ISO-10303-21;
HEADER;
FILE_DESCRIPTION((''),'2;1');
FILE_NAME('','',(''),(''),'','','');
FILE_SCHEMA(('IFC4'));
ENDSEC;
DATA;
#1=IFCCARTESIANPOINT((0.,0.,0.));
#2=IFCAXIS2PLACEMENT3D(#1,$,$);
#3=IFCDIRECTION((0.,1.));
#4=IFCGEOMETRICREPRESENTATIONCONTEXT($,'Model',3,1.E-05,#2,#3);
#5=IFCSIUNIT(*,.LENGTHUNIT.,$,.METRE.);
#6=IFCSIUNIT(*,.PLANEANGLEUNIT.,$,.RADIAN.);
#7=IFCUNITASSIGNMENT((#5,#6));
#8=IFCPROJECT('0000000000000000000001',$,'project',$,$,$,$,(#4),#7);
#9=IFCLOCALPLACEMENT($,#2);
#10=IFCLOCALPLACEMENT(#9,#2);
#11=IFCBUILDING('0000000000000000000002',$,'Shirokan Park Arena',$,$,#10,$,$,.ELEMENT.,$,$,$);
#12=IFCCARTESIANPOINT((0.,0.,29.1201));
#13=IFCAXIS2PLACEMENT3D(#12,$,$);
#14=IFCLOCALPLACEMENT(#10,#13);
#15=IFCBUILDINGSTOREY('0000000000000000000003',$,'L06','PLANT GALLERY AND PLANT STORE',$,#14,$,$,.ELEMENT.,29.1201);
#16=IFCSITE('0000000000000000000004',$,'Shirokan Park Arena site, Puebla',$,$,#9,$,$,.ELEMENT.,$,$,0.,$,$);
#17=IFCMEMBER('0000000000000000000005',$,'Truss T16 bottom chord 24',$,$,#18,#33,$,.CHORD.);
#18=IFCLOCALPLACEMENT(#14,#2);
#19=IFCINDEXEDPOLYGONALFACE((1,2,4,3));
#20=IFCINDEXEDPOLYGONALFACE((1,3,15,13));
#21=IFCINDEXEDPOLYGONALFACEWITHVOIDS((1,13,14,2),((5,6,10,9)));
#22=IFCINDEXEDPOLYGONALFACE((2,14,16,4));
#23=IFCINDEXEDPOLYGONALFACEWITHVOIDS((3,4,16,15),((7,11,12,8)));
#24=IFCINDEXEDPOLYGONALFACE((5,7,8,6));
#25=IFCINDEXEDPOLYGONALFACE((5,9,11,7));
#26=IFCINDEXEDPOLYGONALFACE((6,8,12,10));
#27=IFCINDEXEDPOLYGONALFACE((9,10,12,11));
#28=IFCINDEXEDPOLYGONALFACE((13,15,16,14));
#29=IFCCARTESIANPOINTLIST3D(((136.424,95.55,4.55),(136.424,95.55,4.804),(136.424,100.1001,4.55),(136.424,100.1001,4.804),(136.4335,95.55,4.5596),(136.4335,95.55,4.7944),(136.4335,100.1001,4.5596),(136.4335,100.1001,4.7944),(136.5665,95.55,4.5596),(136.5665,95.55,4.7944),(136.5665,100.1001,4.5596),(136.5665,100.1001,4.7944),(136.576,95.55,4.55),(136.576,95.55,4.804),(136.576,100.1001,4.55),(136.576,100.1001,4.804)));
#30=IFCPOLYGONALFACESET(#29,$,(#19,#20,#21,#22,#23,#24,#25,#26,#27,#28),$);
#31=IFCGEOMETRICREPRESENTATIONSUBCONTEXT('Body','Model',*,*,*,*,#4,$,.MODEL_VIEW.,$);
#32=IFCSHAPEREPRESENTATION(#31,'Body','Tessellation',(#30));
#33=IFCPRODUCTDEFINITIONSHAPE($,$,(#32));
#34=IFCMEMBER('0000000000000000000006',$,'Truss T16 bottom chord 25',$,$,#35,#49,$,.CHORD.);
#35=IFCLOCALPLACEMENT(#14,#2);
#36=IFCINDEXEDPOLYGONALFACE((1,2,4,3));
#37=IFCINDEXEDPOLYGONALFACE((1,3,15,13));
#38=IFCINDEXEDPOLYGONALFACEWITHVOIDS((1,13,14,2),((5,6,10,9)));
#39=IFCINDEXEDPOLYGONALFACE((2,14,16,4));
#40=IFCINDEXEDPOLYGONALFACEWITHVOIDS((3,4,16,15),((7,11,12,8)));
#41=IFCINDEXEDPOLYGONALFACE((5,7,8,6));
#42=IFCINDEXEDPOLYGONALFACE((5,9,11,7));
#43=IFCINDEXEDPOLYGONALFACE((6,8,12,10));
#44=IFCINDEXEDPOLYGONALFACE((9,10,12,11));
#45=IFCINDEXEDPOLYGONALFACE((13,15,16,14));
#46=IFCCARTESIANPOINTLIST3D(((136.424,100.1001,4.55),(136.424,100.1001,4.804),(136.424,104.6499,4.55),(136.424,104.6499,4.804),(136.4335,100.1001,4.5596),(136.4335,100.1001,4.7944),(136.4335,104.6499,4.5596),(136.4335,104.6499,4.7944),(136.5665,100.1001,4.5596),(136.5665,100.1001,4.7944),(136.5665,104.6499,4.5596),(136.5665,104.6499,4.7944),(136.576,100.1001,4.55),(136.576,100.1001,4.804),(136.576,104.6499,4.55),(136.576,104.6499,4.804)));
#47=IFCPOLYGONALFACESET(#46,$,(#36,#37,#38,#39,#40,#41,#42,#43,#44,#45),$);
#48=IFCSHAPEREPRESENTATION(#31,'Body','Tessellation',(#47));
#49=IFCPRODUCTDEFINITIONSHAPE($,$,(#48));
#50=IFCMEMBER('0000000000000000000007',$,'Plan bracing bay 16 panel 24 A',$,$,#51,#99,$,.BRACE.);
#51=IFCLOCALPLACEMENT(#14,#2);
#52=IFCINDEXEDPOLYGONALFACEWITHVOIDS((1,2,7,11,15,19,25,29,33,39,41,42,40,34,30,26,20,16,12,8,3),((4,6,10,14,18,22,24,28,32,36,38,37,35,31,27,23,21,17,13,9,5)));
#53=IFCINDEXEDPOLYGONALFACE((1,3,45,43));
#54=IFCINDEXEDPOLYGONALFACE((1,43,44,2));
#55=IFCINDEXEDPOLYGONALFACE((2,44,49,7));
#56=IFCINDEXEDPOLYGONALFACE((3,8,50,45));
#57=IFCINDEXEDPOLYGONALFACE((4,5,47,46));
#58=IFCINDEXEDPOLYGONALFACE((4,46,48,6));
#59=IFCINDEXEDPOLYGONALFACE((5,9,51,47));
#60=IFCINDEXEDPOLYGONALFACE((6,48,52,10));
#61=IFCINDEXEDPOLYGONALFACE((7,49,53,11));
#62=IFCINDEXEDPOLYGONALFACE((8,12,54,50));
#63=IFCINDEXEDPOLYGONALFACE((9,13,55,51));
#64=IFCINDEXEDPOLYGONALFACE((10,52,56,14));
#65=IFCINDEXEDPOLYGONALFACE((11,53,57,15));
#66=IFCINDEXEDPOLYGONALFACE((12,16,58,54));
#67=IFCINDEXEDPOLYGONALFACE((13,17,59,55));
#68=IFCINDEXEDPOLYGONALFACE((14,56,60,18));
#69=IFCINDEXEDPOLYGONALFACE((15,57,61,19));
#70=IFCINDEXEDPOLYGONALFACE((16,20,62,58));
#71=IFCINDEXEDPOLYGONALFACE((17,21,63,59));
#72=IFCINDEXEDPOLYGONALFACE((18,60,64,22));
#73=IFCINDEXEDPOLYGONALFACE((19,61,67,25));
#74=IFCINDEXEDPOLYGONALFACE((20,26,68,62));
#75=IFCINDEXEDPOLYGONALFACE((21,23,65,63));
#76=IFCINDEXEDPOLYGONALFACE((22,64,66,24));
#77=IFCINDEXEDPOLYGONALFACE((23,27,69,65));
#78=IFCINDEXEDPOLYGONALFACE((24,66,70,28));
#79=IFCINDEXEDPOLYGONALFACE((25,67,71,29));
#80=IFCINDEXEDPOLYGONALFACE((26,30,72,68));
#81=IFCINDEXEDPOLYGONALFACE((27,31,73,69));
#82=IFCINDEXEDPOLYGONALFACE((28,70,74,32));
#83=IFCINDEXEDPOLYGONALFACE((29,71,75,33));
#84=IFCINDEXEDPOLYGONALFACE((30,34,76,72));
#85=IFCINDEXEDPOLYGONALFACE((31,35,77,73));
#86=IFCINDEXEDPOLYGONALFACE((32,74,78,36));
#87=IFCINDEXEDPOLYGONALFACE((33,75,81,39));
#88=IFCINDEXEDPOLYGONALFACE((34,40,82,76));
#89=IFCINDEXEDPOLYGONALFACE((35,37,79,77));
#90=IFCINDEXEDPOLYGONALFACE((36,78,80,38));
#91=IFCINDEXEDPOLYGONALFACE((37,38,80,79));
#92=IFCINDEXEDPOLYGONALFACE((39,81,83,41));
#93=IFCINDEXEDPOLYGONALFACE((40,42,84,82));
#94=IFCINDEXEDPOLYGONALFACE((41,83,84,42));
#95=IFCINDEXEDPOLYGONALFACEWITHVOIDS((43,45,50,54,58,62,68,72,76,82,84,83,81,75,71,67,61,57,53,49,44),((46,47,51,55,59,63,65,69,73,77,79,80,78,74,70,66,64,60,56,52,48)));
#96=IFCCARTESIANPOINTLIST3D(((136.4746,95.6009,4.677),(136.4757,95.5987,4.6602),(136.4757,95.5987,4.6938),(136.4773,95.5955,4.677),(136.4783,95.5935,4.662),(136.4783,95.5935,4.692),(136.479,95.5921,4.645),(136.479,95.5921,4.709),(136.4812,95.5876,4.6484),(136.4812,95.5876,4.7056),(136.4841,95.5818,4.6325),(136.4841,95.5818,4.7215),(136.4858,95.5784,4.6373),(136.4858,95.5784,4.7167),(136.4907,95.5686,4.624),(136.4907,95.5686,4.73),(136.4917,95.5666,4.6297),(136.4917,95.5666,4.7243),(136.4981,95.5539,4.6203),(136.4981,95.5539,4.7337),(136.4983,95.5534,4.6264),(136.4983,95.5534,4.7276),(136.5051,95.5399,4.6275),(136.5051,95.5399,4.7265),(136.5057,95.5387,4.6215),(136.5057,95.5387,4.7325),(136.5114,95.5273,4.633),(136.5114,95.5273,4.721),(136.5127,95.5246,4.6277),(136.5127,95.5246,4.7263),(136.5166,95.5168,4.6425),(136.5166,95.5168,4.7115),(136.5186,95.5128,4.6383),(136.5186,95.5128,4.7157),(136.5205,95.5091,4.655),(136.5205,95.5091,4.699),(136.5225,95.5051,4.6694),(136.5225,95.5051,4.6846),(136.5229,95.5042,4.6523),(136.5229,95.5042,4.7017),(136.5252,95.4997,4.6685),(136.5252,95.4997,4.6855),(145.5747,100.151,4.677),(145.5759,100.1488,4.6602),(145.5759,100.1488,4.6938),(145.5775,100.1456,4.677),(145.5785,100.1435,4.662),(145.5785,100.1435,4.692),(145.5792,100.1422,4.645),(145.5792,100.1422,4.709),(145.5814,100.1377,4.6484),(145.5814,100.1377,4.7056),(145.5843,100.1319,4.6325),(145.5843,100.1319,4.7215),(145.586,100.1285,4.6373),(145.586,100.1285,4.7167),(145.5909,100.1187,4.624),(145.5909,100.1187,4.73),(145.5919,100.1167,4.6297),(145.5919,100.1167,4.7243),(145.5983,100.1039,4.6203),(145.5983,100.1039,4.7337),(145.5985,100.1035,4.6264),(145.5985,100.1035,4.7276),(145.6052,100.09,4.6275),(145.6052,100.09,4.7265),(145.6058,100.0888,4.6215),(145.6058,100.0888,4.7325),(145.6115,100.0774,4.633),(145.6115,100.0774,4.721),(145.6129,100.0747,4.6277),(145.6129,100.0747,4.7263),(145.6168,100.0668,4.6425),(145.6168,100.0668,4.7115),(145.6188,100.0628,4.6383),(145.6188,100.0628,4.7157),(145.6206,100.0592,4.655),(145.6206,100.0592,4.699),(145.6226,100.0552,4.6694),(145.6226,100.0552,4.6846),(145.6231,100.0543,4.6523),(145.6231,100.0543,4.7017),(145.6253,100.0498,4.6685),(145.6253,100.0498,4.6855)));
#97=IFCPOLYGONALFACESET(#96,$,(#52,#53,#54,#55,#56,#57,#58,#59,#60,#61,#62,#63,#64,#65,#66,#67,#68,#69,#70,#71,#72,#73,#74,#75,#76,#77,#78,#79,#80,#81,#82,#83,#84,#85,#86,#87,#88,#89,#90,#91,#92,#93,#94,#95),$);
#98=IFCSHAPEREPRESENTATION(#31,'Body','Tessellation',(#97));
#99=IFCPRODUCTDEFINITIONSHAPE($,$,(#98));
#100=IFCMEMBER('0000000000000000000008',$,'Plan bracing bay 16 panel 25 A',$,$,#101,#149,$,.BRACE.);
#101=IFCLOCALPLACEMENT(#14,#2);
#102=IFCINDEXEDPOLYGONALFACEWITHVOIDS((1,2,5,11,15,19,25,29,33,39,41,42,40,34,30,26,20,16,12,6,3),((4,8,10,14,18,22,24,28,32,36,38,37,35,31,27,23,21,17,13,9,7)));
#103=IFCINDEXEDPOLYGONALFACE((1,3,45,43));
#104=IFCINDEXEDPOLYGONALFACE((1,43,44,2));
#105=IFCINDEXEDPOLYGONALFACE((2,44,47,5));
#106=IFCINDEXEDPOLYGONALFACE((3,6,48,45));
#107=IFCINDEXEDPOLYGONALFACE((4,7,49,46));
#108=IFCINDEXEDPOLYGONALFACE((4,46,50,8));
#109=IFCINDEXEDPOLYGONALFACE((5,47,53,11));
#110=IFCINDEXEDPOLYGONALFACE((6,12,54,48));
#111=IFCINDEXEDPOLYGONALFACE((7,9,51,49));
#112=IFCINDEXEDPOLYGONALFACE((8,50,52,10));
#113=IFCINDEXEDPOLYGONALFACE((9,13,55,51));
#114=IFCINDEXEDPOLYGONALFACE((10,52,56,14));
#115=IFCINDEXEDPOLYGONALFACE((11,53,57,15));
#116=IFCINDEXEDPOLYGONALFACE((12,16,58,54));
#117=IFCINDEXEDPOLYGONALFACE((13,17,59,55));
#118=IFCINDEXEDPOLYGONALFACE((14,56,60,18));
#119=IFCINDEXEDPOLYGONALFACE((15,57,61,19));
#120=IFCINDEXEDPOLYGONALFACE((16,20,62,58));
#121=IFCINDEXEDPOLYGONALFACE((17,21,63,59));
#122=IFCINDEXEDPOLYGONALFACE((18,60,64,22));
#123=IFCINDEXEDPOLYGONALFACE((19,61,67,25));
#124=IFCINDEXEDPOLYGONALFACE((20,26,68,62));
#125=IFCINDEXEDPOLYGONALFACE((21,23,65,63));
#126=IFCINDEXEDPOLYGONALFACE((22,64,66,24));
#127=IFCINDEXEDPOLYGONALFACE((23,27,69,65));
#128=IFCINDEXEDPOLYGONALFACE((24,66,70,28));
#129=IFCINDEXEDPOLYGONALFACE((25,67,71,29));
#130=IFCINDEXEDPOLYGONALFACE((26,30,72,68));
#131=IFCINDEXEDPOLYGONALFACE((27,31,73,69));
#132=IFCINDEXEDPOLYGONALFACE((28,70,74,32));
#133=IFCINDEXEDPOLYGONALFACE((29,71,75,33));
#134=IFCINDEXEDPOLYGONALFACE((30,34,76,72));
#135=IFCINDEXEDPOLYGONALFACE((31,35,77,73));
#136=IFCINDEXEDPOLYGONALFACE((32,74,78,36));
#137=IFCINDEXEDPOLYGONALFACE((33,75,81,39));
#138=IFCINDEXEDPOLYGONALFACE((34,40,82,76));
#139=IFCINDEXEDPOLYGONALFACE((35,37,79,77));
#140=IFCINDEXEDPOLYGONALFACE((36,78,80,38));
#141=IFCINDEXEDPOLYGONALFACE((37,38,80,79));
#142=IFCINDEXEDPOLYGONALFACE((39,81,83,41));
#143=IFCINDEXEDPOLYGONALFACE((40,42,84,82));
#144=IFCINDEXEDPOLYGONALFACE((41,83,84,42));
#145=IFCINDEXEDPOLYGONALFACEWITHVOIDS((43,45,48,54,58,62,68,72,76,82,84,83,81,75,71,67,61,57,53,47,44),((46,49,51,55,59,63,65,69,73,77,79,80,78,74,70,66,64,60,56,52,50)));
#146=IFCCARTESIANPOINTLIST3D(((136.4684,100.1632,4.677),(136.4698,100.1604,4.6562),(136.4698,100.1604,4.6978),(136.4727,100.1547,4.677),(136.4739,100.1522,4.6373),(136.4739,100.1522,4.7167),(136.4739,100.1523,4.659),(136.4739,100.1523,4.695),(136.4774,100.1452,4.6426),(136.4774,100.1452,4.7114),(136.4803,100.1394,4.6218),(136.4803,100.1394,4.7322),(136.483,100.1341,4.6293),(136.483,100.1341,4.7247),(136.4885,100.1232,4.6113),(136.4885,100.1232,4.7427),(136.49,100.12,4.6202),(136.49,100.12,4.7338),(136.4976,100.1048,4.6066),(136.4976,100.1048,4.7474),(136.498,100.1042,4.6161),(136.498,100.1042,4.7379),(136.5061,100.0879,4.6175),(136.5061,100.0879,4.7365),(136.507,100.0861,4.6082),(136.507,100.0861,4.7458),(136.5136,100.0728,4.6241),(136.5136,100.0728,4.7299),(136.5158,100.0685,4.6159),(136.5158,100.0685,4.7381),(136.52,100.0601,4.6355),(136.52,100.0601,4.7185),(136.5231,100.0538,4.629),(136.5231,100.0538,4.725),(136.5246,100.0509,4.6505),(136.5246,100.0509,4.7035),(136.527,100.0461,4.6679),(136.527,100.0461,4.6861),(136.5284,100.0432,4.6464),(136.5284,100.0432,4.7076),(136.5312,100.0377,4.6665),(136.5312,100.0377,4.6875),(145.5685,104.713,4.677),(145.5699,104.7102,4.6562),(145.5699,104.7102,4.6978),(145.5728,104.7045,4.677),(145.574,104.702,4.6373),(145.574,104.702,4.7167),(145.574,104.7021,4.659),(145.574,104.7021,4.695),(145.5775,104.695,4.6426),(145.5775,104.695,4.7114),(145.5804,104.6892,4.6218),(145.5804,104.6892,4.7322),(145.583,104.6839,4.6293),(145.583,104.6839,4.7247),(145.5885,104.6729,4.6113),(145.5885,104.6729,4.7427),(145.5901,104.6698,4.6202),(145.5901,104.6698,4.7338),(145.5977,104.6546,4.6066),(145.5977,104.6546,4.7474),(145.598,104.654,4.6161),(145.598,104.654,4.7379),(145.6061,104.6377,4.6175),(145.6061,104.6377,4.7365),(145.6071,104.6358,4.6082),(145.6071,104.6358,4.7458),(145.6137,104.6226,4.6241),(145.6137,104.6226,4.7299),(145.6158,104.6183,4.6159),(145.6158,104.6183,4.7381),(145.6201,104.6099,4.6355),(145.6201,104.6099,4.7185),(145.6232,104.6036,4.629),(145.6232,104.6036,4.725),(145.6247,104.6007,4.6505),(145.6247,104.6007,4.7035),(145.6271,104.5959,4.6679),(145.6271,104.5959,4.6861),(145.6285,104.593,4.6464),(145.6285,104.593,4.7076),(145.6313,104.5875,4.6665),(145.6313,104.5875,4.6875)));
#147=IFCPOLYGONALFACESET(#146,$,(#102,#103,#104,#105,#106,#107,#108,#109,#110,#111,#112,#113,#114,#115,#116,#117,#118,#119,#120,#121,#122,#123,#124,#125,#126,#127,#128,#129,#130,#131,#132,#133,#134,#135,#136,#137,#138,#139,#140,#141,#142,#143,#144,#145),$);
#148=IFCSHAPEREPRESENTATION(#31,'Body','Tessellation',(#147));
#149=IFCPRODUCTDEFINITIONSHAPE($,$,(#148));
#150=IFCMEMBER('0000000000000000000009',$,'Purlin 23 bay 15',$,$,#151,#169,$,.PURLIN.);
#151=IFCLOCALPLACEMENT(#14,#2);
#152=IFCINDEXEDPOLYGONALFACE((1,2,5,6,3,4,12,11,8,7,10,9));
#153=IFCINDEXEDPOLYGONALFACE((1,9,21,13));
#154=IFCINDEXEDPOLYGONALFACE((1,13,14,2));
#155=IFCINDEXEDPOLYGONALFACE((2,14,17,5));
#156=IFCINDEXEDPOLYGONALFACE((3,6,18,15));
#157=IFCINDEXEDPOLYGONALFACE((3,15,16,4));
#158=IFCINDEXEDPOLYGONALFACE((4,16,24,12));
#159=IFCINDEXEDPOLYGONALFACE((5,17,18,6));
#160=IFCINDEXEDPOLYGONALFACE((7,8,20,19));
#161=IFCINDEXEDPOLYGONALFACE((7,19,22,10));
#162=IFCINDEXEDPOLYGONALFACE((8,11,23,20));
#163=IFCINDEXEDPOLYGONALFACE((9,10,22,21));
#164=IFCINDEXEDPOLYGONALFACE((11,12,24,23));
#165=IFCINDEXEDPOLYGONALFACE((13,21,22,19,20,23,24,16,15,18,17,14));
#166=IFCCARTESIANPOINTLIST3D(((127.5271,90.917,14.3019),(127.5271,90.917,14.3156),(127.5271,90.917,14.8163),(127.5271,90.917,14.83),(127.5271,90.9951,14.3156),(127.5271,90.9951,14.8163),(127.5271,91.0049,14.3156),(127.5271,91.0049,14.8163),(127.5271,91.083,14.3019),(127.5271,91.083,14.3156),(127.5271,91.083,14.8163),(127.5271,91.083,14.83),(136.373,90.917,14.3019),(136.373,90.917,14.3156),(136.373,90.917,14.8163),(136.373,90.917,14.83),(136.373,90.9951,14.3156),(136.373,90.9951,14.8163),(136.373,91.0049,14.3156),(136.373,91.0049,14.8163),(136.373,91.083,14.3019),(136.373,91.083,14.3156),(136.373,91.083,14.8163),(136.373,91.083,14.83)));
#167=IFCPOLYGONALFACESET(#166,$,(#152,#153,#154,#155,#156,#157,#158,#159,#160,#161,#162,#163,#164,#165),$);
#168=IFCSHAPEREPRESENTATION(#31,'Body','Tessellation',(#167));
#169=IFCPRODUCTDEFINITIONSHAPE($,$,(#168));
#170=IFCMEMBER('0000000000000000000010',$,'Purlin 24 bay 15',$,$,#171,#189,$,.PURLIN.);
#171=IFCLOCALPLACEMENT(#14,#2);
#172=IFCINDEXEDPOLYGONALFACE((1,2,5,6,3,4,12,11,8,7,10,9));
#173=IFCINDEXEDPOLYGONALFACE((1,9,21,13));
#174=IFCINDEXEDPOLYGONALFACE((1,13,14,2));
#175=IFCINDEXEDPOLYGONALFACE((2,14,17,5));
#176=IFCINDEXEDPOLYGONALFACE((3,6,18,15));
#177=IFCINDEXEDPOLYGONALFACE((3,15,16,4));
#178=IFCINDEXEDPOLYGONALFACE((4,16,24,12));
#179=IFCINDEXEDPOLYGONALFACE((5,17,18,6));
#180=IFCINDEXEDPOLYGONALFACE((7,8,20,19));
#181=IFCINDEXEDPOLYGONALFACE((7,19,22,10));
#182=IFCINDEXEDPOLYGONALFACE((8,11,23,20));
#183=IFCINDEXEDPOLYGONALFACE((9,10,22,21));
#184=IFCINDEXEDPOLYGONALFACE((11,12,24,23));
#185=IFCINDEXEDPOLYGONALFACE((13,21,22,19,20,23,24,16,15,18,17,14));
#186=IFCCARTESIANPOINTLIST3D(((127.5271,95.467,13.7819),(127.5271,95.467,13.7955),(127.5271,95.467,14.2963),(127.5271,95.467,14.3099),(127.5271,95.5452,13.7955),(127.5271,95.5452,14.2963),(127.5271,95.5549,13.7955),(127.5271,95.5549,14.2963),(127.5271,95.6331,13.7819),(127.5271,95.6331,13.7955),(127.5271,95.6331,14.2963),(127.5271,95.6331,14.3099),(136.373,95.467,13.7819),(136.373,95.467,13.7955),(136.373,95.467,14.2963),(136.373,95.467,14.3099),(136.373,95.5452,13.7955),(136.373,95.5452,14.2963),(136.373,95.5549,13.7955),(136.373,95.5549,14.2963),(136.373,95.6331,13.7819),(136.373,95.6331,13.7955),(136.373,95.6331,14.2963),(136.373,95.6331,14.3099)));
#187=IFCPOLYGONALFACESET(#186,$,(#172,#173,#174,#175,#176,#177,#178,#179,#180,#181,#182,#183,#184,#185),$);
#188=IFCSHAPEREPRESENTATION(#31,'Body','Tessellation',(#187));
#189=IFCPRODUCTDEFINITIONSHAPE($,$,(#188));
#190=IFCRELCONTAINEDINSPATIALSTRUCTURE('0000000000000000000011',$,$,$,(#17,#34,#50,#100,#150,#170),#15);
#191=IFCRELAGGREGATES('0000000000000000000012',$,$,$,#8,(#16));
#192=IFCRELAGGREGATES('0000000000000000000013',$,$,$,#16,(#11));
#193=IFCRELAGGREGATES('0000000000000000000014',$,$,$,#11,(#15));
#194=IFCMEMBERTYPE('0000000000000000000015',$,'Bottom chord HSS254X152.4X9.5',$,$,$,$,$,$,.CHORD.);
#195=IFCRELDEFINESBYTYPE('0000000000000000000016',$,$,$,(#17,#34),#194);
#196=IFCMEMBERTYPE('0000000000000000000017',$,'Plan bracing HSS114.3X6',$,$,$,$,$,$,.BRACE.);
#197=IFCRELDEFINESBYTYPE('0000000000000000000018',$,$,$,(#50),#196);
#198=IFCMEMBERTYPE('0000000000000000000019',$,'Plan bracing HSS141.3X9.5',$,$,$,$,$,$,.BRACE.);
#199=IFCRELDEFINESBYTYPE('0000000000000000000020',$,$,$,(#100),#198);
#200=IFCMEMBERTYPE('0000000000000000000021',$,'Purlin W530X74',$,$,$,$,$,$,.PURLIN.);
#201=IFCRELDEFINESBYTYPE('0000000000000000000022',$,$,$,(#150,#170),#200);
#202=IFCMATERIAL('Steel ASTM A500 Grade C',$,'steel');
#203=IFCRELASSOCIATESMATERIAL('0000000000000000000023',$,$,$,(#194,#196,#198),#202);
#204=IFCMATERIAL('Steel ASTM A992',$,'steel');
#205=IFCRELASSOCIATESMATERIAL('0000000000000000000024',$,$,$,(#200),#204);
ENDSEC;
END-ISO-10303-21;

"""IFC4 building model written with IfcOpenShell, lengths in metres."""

from ifc_helpers import new_model, si_unit, direction, frame, origin, origin_2d, place, context, subcontext, project, spatial, hollow_rectangle, hollow_circle, i_section, extrude, material, material_profile, profile_set, type_object, element, save


model = new_model("IFC4")

# Units and contexts
model_context = context("Model", 3, precision=1e-05, world=origin(), true_north=direction((0.0, 1.0)))
body_context = subcontext(model_context, "Body", "Model", "MODEL_VIEW")
ifc_project = project(units=[si_unit("LENGTHUNIT", "METRE"), si_unit("PLANEANGLEUNIT", "RADIAN")], contexts=[model_context])

# Site, building, storey
site_placement = place(None, origin())
site = spatial("IfcSite", under=ifc_project, at=site_placement, Name="Shirokan Park Arena site, Puebla", CompositionType="ELEMENT", RefElevation=0.0)
building_placement = place(site_placement, origin())
building = spatial("IfcBuilding", under=site, at=building_placement, Name="Shirokan Park Arena", CompositionType="ELEMENT")
storey_placement = place(building_placement, frame((0.0, 0.0, 29.1201)))
storey = spatial("IfcBuildingStorey", under=building, at=storey_placement, Name="L06", Description="PLANT GALLERY AND PLANT STORE", CompositionType="ELEMENT", Elevation=29.1201)

# Members
ifc_material_1 = material(Name="Steel ASTM A500 Grade C", Category="steel")
ifc_material_profile_1 = material_profile(ifc_material_1, hollow_rectangle(XDim=0.1521, YDim=0.2539, WallThickness=0.0095, at=origin_2d()), Name="HSS254X152.4X9.5")
ifc_profile_set_1 = profile_set([ifc_material_profile_1], Name="Steel ASTM A500 Grade C")
member_type_1 = type_object("IfcMemberType", Name="Bottom chord HSS254X152.4X9.5", PredefinedType="CHORD", material=ifc_profile_set_1)
member_1_placement = place(storey_placement, frame((136.5, 95.55, 4.677), z_axis=(0.0, 1.0, 0.0), x_axis=(-1.0, 0.0, 0.0)))
element("IfcMember", 1, at=member_1_placement, inside=storey, type_object=member_type_1, Name="Truss T16 bottom chord 24", PredefinedType="CHORD", context=body_context, shape_type="SweptSolid", body=[
    extrude(hollow_rectangle(XDim=0.1521, YDim=0.2539, WallThickness=0.0095, at=origin_2d()), origin(), (0.0, 0.0, 1.0), 4.55),
])
member_2_placement = place(storey_placement, frame((136.5, 100.1001, 4.677), z_axis=(0.0, 1.0, 0.0), x_axis=(-1.0, 0.0, 0.0)))
element("IfcMember", 2, at=member_2_placement, inside=storey, type_object=member_type_1, Name="Truss T16 bottom chord 25", PredefinedType="CHORD", context=body_context, shape_type="SweptSolid", body=[
    extrude(hollow_rectangle(XDim=0.1521, YDim=0.2539, WallThickness=0.0095, at=origin_2d()), origin(), (0.0, 0.0, 1.0), 4.5498),
])
ifc_material_profile_2 = material_profile(ifc_material_1, hollow_circle(Radius=0.0569, WallThickness=0.0061, at=origin_2d()), Name="HSS114.3X6")
ifc_profile_set_2 = profile_set([ifc_material_profile_2], Name="Steel ASTM A500 Grade C")
member_type_2 = type_object("IfcMemberType", Name="Plan bracing HSS114.3X6", PredefinedType="BRACE", material=ifc_profile_set_2)
member_3_placement = place(storey_placement, frame((136.5, 95.55, 4.677), z_axis=(0.894427, 0.447214, 0.0), x_axis=(-0.447214, 0.894427, 0.0)))
element("IfcMember", 3, at=member_3_placement, inside=storey, type_object=member_type_2, Name="Plan bracing bay 16 panel 24 A", PredefinedType="BRACE", context=body_context, shape_type="SweptSolid", body=[
    extrude(hollow_circle(Radius=0.0569, WallThickness=0.0061, at=origin_2d()), origin(), (0.0, 0.0, 1.0), 10.1743),
])
ifc_material_profile_3 = material_profile(ifc_material_1, hollow_circle(Radius=0.0706, WallThickness=0.0095, at=origin_2d()), Name="HSS141.3X9.5")
ifc_profile_set_3 = profile_set([ifc_material_profile_3], Name="Steel ASTM A500 Grade C")
member_type_3 = type_object("IfcMemberType", Name="Plan bracing HSS141.3X9.5", PredefinedType="BRACE", material=ifc_profile_set_3)
member_4_placement = place(storey_placement, frame((136.5, 100.1001, 4.677), z_axis=(0.894437, 0.447194, 0.0), x_axis=(-0.447194, 0.894437, 0.0)))
element("IfcMember", 4, at=member_4_placement, inside=storey, type_object=member_type_3, Name="Plan bracing bay 16 panel 25 A", PredefinedType="BRACE", context=body_context, shape_type="SweptSolid", body=[
    extrude(hollow_circle(Radius=0.0706, WallThickness=0.0095, at=origin_2d()), origin(), (0.0, 0.0, 1.0), 10.1741),
])
ifc_material_2 = material(Name="Steel ASTM A992", Category="steel")
ifc_material_profile_4 = material_profile(ifc_material_2, i_section(OverallWidth=0.166, OverallDepth=0.5281, WebThickness=0.0098, FlangeThickness=0.0137, at=origin_2d()), Name="W530X74")
ifc_profile_set_4 = profile_set([ifc_material_profile_4], Name="Steel ASTM A992")
member_type_4 = type_object("IfcMemberType", Name="Purlin W530X74", PredefinedType="PURLIN", material=ifc_profile_set_4)
for number, where, z_axis, x_axis, name in (
    (5, (127.5271, 91.0, 14.5659), (1.0, 0.0, 0.0), (0.0, 1.0, 0.0), "Purlin 23 bay 15"),
    (6, (127.5271, 95.55, 14.0459), (1.0, 0.0, 0.0), (0.0, 1.0, 0.0), "Purlin 24 bay 15"),
):
    element("IfcMember", number, at=place(storey_placement, frame(where, z_axis=z_axis, x_axis=x_axis)), inside=storey, type_object=member_type_4, Name=name, PredefinedType="PURLIN", context=body_context, shape_type="SweptSolid", body=[
        extrude(i_section(OverallWidth=0.166, OverallDepth=0.5281, WebThickness=0.0098, FlangeThickness=0.0137, at=origin_2d()), origin(), (0.0, 0.0, 1.0), 8.8459),
    ])

save(model, "model.ifc")
